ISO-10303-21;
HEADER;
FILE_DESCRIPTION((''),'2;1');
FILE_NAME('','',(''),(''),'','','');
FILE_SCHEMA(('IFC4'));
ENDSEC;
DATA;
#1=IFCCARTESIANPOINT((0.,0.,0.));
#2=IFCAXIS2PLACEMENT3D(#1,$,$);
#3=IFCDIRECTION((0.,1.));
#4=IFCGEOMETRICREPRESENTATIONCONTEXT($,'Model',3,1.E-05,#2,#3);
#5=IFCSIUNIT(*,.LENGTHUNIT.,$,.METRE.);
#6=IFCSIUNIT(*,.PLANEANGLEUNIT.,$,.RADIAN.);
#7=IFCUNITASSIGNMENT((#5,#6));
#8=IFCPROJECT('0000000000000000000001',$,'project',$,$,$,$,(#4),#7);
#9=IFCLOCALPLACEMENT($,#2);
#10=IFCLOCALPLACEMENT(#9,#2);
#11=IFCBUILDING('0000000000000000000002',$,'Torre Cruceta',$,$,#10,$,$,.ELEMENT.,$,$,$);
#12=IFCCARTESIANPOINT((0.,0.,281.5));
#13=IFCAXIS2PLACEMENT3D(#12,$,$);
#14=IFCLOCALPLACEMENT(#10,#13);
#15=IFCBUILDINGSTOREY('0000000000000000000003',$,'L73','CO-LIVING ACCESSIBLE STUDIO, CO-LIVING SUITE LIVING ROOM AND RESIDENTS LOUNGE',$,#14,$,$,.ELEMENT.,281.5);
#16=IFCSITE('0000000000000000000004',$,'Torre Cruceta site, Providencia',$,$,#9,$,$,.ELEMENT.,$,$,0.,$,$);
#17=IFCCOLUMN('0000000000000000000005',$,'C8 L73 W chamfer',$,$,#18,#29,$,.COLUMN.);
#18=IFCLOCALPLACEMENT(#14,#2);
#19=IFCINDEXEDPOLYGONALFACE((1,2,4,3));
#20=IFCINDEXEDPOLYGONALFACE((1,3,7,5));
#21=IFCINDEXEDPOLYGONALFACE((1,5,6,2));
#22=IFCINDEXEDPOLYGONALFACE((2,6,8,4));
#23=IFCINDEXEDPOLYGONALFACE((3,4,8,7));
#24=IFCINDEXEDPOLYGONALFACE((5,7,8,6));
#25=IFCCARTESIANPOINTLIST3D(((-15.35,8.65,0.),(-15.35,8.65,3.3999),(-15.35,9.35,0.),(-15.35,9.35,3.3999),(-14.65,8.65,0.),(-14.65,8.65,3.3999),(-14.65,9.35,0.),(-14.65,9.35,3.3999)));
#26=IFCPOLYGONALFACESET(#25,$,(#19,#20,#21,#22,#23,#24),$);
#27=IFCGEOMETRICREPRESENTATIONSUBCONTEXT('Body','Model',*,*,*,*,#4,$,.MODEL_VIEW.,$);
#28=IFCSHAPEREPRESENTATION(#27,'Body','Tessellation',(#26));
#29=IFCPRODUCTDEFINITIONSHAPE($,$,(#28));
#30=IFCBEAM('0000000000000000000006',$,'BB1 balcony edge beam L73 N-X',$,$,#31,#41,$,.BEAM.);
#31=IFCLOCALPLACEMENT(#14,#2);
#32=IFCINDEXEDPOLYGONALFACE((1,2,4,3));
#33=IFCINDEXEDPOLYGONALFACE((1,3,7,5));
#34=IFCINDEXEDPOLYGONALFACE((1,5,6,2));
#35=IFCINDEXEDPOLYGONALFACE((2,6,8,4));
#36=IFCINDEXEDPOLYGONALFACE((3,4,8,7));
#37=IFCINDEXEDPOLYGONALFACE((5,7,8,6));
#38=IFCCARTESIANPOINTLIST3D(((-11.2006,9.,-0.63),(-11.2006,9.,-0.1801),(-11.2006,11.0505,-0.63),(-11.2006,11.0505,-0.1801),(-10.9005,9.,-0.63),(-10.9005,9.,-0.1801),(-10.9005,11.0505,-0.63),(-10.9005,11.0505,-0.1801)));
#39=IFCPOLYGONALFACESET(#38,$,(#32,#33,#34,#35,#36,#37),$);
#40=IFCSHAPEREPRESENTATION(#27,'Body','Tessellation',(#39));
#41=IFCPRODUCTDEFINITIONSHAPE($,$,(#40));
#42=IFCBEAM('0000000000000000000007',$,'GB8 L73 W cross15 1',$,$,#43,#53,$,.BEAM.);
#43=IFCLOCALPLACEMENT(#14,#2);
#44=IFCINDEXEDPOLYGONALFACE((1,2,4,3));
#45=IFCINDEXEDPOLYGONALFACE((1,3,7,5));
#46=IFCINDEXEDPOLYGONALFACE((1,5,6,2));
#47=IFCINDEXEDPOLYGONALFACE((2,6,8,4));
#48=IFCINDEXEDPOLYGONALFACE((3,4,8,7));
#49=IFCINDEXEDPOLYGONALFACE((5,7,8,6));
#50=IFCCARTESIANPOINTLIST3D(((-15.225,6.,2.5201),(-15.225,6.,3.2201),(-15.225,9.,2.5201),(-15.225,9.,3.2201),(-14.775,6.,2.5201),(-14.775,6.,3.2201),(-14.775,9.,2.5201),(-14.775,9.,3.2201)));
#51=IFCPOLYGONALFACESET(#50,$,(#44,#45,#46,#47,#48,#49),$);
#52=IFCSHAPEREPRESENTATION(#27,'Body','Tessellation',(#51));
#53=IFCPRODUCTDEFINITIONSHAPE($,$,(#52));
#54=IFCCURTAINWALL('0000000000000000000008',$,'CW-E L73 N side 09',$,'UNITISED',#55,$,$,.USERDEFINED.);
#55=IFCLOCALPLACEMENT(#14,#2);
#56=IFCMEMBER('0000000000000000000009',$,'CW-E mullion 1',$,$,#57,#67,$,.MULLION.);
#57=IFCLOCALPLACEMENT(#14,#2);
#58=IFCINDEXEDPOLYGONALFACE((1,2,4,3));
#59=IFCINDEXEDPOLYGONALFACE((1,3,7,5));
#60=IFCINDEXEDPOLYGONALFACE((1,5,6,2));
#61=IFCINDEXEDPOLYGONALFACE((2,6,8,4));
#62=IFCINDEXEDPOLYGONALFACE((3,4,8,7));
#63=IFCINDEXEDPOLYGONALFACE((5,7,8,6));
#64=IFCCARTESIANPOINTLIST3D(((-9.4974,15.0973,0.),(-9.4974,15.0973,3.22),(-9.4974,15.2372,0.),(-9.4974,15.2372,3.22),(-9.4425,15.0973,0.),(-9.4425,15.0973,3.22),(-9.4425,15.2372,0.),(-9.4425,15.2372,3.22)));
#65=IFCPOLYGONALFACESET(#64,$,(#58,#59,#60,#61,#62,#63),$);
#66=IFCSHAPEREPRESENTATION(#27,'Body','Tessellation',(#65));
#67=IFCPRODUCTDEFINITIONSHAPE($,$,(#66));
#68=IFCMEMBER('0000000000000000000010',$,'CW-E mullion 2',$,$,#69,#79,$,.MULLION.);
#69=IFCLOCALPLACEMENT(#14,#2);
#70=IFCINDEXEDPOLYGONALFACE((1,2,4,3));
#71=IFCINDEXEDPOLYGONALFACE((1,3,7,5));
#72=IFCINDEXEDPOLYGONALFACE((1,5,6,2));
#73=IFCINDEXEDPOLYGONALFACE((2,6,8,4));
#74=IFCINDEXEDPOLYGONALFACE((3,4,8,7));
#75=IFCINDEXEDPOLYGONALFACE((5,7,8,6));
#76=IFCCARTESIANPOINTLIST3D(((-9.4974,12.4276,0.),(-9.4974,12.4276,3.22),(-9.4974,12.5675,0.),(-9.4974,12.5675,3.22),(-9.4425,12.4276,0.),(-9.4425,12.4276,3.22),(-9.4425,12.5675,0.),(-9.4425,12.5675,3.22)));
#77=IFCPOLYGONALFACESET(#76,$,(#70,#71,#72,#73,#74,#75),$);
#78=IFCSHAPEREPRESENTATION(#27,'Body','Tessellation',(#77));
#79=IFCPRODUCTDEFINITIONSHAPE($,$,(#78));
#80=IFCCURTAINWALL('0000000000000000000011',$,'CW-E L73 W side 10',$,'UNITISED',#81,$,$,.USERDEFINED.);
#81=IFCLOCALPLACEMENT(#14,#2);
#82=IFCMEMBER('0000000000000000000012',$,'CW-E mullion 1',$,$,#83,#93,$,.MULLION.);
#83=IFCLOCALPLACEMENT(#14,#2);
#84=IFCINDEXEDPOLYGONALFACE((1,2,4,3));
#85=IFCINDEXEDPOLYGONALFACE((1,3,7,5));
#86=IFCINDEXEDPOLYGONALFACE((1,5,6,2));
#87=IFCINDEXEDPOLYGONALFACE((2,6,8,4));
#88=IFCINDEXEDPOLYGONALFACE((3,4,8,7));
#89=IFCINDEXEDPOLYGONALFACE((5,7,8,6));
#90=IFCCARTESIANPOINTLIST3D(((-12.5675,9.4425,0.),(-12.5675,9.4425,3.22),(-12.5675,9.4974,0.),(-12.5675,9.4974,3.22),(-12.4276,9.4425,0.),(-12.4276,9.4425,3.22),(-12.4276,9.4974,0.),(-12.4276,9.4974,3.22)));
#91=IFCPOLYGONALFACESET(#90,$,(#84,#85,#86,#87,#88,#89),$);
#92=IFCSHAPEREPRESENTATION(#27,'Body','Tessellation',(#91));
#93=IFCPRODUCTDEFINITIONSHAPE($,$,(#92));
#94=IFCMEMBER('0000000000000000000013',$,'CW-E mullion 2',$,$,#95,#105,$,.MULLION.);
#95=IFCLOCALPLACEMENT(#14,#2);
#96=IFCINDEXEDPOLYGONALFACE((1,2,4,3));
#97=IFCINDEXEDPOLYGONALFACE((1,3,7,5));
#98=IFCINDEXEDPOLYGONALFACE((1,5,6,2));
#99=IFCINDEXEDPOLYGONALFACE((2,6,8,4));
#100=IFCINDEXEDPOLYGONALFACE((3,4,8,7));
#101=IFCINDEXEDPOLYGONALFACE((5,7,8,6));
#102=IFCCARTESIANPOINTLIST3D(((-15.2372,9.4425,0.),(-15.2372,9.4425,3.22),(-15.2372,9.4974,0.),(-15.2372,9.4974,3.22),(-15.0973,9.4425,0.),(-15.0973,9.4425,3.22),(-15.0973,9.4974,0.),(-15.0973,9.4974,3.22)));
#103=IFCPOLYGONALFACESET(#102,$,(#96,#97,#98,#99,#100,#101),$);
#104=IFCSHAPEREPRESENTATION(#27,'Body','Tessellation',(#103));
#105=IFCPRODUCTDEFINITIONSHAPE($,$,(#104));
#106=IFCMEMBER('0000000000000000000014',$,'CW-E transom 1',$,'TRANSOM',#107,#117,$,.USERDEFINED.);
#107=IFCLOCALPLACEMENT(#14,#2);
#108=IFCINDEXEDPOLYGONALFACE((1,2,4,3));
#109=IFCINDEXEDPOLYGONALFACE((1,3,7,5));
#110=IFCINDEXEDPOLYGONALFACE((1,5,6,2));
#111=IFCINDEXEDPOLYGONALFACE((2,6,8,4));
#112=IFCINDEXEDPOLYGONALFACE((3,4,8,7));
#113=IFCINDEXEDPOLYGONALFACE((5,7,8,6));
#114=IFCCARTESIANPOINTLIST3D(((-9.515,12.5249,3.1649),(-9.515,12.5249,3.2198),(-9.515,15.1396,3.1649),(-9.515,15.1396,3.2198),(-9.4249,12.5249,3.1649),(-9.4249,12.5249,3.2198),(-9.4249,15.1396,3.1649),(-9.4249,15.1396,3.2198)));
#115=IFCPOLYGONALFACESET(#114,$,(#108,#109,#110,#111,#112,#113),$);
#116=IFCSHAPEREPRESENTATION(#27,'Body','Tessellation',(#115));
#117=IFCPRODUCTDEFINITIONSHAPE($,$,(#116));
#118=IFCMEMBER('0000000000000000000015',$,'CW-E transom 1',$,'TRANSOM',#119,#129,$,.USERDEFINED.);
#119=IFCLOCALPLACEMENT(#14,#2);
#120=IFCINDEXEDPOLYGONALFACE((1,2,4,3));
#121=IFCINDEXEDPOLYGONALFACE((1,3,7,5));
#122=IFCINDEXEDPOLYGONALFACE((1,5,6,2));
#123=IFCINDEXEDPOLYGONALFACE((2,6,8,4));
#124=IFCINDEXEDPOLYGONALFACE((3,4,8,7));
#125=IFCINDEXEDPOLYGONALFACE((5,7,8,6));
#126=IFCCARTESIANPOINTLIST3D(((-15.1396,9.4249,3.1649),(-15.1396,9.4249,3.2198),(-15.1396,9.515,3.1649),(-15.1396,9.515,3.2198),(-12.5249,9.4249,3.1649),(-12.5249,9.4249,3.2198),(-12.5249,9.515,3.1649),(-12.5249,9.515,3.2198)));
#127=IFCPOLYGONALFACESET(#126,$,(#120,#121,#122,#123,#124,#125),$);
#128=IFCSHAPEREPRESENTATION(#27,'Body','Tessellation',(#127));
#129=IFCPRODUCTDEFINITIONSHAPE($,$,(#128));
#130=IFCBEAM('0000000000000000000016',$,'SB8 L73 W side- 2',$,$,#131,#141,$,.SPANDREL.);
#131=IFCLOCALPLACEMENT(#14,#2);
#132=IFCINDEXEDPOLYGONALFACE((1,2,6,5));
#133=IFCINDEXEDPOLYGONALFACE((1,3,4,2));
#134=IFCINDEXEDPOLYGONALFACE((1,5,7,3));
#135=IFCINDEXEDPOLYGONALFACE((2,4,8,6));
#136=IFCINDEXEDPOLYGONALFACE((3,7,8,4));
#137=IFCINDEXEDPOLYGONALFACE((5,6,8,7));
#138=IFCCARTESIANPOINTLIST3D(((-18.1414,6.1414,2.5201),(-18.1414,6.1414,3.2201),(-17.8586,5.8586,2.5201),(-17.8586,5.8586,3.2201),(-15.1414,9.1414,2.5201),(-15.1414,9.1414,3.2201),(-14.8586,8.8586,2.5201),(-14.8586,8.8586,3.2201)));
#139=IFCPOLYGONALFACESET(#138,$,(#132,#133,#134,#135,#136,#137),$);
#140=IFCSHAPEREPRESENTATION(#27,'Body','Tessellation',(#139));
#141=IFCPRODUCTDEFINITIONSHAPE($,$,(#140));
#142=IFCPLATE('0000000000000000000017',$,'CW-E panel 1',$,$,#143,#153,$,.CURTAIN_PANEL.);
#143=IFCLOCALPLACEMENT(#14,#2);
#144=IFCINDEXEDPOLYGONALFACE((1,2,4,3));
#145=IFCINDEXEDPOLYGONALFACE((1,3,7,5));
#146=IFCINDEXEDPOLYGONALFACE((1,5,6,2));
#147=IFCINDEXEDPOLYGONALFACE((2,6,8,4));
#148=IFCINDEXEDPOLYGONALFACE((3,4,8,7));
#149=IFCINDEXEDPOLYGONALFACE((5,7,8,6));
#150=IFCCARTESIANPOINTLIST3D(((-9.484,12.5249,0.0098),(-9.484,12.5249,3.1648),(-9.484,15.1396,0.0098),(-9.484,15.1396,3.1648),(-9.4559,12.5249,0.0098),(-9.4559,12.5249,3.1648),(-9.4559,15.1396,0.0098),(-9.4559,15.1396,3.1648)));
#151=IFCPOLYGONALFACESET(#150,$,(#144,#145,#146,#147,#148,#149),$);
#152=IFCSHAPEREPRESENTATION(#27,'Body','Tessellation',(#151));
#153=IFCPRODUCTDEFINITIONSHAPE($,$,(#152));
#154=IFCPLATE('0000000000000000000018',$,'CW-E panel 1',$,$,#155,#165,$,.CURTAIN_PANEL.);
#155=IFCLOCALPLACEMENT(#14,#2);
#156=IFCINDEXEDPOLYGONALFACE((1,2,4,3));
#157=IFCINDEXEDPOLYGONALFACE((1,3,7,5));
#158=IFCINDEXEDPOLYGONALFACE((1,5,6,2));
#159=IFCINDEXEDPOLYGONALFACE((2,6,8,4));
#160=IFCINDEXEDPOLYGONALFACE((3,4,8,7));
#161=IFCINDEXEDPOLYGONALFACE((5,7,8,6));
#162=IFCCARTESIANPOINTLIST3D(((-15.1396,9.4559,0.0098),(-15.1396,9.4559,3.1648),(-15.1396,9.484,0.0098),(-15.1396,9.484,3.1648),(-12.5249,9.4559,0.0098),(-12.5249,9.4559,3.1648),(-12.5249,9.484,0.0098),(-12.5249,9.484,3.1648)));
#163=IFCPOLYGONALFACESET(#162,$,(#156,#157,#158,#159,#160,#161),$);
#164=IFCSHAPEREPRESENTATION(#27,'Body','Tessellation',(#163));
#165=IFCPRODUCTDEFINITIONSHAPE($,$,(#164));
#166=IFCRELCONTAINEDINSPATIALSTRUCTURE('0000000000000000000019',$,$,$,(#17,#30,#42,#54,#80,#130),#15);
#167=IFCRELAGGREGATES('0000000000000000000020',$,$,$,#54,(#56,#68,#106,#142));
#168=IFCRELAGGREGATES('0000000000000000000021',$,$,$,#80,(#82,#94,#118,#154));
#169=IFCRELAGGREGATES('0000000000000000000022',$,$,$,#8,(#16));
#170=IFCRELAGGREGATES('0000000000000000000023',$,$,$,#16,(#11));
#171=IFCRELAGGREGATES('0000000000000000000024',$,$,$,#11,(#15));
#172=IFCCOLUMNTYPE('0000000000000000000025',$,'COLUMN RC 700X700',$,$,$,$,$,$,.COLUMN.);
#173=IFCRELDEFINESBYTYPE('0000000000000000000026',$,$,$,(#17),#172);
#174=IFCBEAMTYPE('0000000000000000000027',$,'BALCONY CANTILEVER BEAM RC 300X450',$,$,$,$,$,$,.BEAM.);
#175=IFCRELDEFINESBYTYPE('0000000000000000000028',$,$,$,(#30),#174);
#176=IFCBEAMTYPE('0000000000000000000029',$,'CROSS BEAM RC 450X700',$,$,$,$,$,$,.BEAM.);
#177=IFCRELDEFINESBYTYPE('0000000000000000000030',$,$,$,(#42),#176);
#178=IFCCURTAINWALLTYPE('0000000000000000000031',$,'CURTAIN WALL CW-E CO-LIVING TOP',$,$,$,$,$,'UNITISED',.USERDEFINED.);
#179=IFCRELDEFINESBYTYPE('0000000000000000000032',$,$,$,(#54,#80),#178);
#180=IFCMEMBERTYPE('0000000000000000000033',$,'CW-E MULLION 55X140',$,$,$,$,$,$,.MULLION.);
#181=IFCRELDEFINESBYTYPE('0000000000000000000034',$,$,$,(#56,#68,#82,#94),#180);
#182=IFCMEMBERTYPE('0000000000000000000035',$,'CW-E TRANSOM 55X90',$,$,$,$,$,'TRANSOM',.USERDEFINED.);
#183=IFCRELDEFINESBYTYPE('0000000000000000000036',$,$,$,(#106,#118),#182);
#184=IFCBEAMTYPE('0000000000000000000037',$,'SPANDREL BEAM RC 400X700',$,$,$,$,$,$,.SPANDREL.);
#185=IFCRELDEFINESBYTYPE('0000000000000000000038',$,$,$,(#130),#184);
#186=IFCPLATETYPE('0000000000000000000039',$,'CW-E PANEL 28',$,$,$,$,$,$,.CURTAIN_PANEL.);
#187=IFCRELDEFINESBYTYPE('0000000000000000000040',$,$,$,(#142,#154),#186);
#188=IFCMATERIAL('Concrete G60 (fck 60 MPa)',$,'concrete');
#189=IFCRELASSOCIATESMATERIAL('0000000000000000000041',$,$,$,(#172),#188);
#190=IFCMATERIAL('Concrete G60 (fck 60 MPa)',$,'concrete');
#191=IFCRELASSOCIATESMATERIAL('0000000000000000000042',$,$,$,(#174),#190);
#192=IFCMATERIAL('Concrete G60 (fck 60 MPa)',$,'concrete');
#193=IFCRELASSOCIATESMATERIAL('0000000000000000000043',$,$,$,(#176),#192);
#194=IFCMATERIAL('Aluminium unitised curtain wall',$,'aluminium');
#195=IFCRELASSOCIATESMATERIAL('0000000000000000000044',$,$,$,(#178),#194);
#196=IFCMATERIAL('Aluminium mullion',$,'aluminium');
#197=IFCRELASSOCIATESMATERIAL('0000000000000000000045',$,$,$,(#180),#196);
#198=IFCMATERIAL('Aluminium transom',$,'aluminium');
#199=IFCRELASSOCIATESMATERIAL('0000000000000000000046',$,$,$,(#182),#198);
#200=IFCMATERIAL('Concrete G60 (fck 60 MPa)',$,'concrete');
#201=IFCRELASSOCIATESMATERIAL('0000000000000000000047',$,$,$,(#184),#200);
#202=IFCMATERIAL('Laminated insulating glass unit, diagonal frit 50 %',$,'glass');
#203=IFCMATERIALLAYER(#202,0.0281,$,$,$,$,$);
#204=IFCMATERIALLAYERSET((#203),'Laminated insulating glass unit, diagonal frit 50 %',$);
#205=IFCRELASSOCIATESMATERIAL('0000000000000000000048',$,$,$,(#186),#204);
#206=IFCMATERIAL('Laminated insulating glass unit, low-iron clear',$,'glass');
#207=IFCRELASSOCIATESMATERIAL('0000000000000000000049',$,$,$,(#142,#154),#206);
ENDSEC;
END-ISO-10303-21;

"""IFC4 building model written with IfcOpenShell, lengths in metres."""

from ifc_helpers import new_model, si_unit, direction, frame, origin, origin_2d, place, context, subcontext, project, spatial, rectangle, extrude, material, layer, layer_set, material_profile, profile_set, type_object, element, aggregate, save


model = new_model("IFC4")

# Units and contexts
model_context = context("Model", 3, precision=1e-05, world=origin(), true_north=direction((0.0, 1.0)))
body_context = subcontext(model_context, "Body", "Model", "MODEL_VIEW")
ifc_project = project(units=[si_unit("LENGTHUNIT", "METRE"), si_unit("PLANEANGLEUNIT", "RADIAN")], contexts=[model_context])

# Site, building, storey
site_placement = place(None, origin())
site = spatial("IfcSite", under=ifc_project, at=site_placement, Name="Torre Cruceta site, Providencia", CompositionType="ELEMENT", RefElevation=0.0)
building_placement = place(site_placement, origin())
building = spatial("IfcBuilding", under=site, at=building_placement, Name="Torre Cruceta", CompositionType="ELEMENT")
storey_placement = place(building_placement, frame((0.0, 0.0, 281.5)))
storey = spatial("IfcBuildingStorey", under=building, at=storey_placement, Name="L73", Description="CO-LIVING ACCESSIBLE STUDIO, CO-LIVING SUITE LIVING ROOM AND RESIDENTS LOUNGE", CompositionType="ELEMENT", Elevation=281.5)

# Column
ifc_material_1 = material(Name="Concrete G60 (fck 60 MPa)", Category="concrete")
ifc_material_profile_1 = material_profile(ifc_material_1, rectangle(XDim=0.7, YDim=0.7, at=origin_2d()), Name="RC 700X700")
ifc_profile_set_1 = profile_set([ifc_material_profile_1], Name="Concrete G60 (fck 60 MPa)")
column_type = type_object("IfcColumnType", Name="COLUMN RC 700X700", PredefinedType="COLUMN", material=ifc_profile_set_1)
column_placement = place(storey_placement, frame((-15.0, 9.0, 0.0), z_axis=(0.0, 0.0, 1.0), x_axis=(1.0, 0.0, 0.0)))
element("IfcColumn", 1, at=column_placement, inside=storey, type_object=column_type, Name="C8 L73 W chamfer", PredefinedType="COLUMN", context=body_context, shape_type="SweptSolid", body=[
    extrude(rectangle(XDim=0.7, YDim=0.7, at=origin_2d()), origin(), (0.0, 0.0, 1.0), 3.3999),
])

# Beams
ifc_material_2 = material(Name="Concrete G60 (fck 60 MPa)", Category="concrete")
ifc_material_profile_2 = material_profile(ifc_material_2, rectangle(XDim=0.3, YDim=0.45, at=origin_2d()), Name="RC 300X450")
ifc_profile_set_2 = profile_set([ifc_material_profile_2], Name="Concrete G60 (fck 60 MPa)")
beam_type_1 = type_object("IfcBeamType", Name="BALCONY CANTILEVER BEAM RC 300X450", PredefinedType="BEAM", material=ifc_profile_set_2)
beam_1_placement = place(storey_placement, frame((-11.0505, 9.0, -0.405), z_axis=(0.0, 1.0, 0.0), x_axis=(-1.0, 0.0, 0.0)))
element("IfcBeam", 2, at=beam_1_placement, inside=storey, type_object=beam_type_1, Name="BB1 balcony edge beam L73 N-X", PredefinedType="BEAM", context=body_context, shape_type="SweptSolid", body=[
    extrude(rectangle(XDim=0.3, YDim=0.45, at=origin_2d()), origin(), (0.0, 0.0, 1.0), 2.0505),
])
ifc_material_3 = material(Name="Concrete G60 (fck 60 MPa)", Category="concrete")
ifc_material_profile_3 = material_profile(ifc_material_3, rectangle(XDim=0.45, YDim=0.7, at=origin_2d()), Name="RC 450X700")
ifc_profile_set_3 = profile_set([ifc_material_profile_3], Name="Concrete G60 (fck 60 MPa)")
beam_type_2 = type_object("IfcBeamType", Name="CROSS BEAM RC 450X700", PredefinedType="BEAM", material=ifc_profile_set_3)
beam_2_placement = place(storey_placement, frame((-15.0, 9.0, 2.8701), z_axis=(0.0, -1.0, 0.0), x_axis=(1.0, 0.0, 0.0)))
element("IfcBeam", 3, at=beam_2_placement, inside=storey, type_object=beam_type_2, Name="GB8 L73 W cross15 1", PredefinedType="BEAM", context=body_context, shape_type="SweptSolid", body=[
    extrude(rectangle(XDim=0.45, YDim=0.7, at=origin_2d()), origin(), (0.0, 0.0, 1.0), 3.0),
])

# Curtain walls, members
ifc_material_4 = material(Name="Aluminium unitised curtain wall", Category="aluminium")
curtain_wall_type = type_object("IfcCurtainWallType", Name="CURTAIN WALL CW-E CO-LIVING TOP", ElementType="UNITISED", PredefinedType="USERDEFINED", material=ifc_material_4)
curtain_wall_1_placement = place(storey_placement, origin())
curtain_wall_1 = element("IfcCurtainWall", 4, at=curtain_wall_1_placement, inside=storey, type_object=curtain_wall_type, Name="CW-E L73 N side 09", ObjectType="UNITISED", PredefinedType="USERDEFINED")
ifc_material_5 = material(Name="Aluminium mullion", Category="aluminium")
ifc_material_profile_4 = material_profile(ifc_material_5, rectangle(XDim=0.0549, YDim=0.1399, at=origin_2d()), Name="AL 55X140")
ifc_profile_set_4 = profile_set([ifc_material_profile_4], Name="Aluminium mullion")
member_type_1 = type_object("IfcMemberType", Name="CW-E MULLION 55X140", PredefinedType="MULLION", material=ifc_profile_set_4)
member_1_placement = place(storey_placement, frame((-9.47, 15.1672, 0.0), z_axis=(0.0, 0.0, 1.0), x_axis=(1.0, 0.0, 0.0)))
member_1 = element("IfcMember", 5, at=member_1_placement, type_object=member_type_1, Name="CW-E mullion 1", PredefinedType="MULLION", context=body_context, shape_type="SweptSolid", body=[
    extrude(rectangle(XDim=0.0549, YDim=0.1399, at=origin_2d()), origin(), (0.0, 0.0, 1.0), 3.22),
])
member_2_placement = place(storey_placement, frame((-9.47, 12.4976, 0.0), z_axis=(0.0, 0.0, 1.0), x_axis=(1.0, 0.0, 0.0)))
member_2 = element("IfcMember", 6, at=member_2_placement, type_object=member_type_1, Name="CW-E mullion 2", PredefinedType="MULLION", context=body_context, shape_type="SweptSolid", body=[
    extrude(rectangle(XDim=0.0549, YDim=0.1399, at=origin_2d()), origin(), (0.0, 0.0, 1.0), 3.22),
])
curtain_wall_2_placement = place(storey_placement, origin())
curtain_wall_2 = element("IfcCurtainWall", 7, at=curtain_wall_2_placement, inside=storey, type_object=curtain_wall_type, Name="CW-E L73 W side 10", ObjectType="UNITISED", PredefinedType="USERDEFINED")
member_3_placement = place(storey_placement, frame((-12.4976, 9.47, 0.0), z_axis=(0.0, 0.0, 1.0), x_axis=(0.0, -1.0, 0.0)))
member_3 = element("IfcMember", 8, at=member_3_placement, type_object=member_type_1, Name="CW-E mullion 1", PredefinedType="MULLION", context=body_context, shape_type="SweptSolid", body=[
    extrude(rectangle(XDim=0.0549, YDim=0.1399, at=origin_2d()), origin(), (0.0, 0.0, 1.0), 3.22),
])
member_4_placement = place(storey_placement, frame((-15.1672, 9.47, 0.0), z_axis=(0.0, 0.0, 1.0), x_axis=(0.0, -1.0, 0.0)))
member_4 = element("IfcMember", 9, at=member_4_placement, type_object=member_type_1, Name="CW-E mullion 2", PredefinedType="MULLION", context=body_context, shape_type="SweptSolid", body=[
    extrude(rectangle(XDim=0.0549, YDim=0.1399, at=origin_2d()), origin(), (0.0, 0.0, 1.0), 3.22),
])

# Members
ifc_material_6 = material(Name="Aluminium transom", Category="aluminium")
ifc_material_profile_5 = material_profile(ifc_material_6, rectangle(XDim=0.0901, YDim=0.0549, at=origin_2d()), Name="AL 90X55")
ifc_profile_set_5 = profile_set([ifc_material_profile_5], Name="Aluminium transom")
member_type_2 = type_object("IfcMemberType", Name="CW-E TRANSOM 55X90", ElementType="TRANSOM", PredefinedType="USERDEFINED", material=ifc_profile_set_5)
member_5_placement = place(storey_placement, frame((-9.47, 15.1396, 3.1924), z_axis=(0.0, -1.0, 0.0), x_axis=(1.0, 0.0, 0.0)))
member_5 = element("IfcMember", 10, at=member_5_placement, type_object=member_type_2, Name="CW-E transom 1", ObjectType="TRANSOM", PredefinedType="USERDEFINED", context=body_context, shape_type="SweptSolid", body=[
    extrude(rectangle(XDim=0.0901, YDim=0.0549, at=origin_2d()), origin(), (0.0, 0.0, 1.0), 2.6147),
])
member_6_placement = place(storey_placement, frame((-12.5249, 9.47, 3.1924), z_axis=(-1.0, 0.0, 0.0), x_axis=(0.0, -1.0, 0.0)))
member_6 = element("IfcMember", 11, at=member_6_placement, type_object=member_type_2, Name="CW-E transom 1", ObjectType="TRANSOM", PredefinedType="USERDEFINED", context=body_context, shape_type="SweptSolid", body=[
    extrude(rectangle(XDim=0.0901, YDim=0.0549, at=origin_2d()), origin(), (0.0, 0.0, 1.0), 2.6147),
])

# Beam
ifc_material_7 = material(Name="Concrete G60 (fck 60 MPa)", Category="concrete")
ifc_material_profile_6 = material_profile(ifc_material_7, rectangle(XDim=0.3999, YDim=0.7, at=origin_2d()), Name="RC 400X700")
ifc_profile_set_6 = profile_set([ifc_material_profile_6], Name="Concrete G60 (fck 60 MPa)")
beam_type_3 = type_object("IfcBeamType", Name="SPANDREL BEAM RC 400X700", PredefinedType="SPANDREL", material=ifc_profile_set_6)
beam_3_placement = place(storey_placement, frame((-15.0, 9.0, 2.8701), z_axis=(-0.707107, -0.707107, 0.0), x_axis=(0.707107, -0.707107, 0.0)))
element("IfcBeam", 12, at=beam_3_placement, inside=storey, type_object=beam_type_3, Name="SB8 L73 W side- 2", PredefinedType="SPANDREL", context=body_context, shape_type="SweptSolid", body=[
    extrude(rectangle(XDim=0.3999, YDim=0.7, at=origin_2d()), origin(), (0.0, 0.0, 1.0), 4.2427),
])

# Plates
ifc_material_8 = material(Name="Laminated insulating glass unit, low-iron clear", Category="glass")
ifc_material_9 = material(Name="Laminated insulating glass unit, diagonal frit 50 %", Category="glass")
ifc_layer_1 = layer(ifc_material_9, 0.0281)
ifc_layer_set_1 = layer_set([ifc_layer_1], Name="Laminated insulating glass unit, diagonal frit 50 %")
plate_type = type_object("IfcPlateType", Name="CW-E PANEL 28", PredefinedType="CURTAIN_PANEL", material=ifc_layer_set_1)
plate_1_placement = place(storey_placement, frame((-9.47, 13.8323, 0.0098), z_axis=(0.0, 0.0, 1.0), x_axis=(0.0, -1.0, 0.0)))
plate_1 = element("IfcPlate", 13, at=plate_1_placement, type_object=plate_type, material=ifc_material_8, Name="CW-E panel 1", PredefinedType="CURTAIN_PANEL", context=body_context, shape_type="SweptSolid", body=[
    extrude(rectangle(XDim=2.6147, YDim=0.0281, at=origin_2d()), origin(), (0.0, 0.0, 1.0), 3.155),
])
aggregate(curtain_wall_1, [member_1, member_2, member_5, plate_1])
plate_2_placement = place(storey_placement, frame((-13.8323, 9.47, 0.0098), z_axis=(0.0, 0.0, 1.0), x_axis=(-1.0, 0.0, 0.0)))
plate_2 = element("IfcPlate", 14, at=plate_2_placement, type_object=plate_type, material=ifc_material_8, Name="CW-E panel 1", PredefinedType="CURTAIN_PANEL", context=body_context, shape_type="SweptSolid", body=[
    extrude(rectangle(XDim=2.6147, YDim=0.0281, at=origin_2d()), origin(), (0.0, 0.0, 1.0), 3.155),
])
aggregate(curtain_wall_2, [member_3, member_4, member_6, plate_2])

save(model, "model.ifc")
